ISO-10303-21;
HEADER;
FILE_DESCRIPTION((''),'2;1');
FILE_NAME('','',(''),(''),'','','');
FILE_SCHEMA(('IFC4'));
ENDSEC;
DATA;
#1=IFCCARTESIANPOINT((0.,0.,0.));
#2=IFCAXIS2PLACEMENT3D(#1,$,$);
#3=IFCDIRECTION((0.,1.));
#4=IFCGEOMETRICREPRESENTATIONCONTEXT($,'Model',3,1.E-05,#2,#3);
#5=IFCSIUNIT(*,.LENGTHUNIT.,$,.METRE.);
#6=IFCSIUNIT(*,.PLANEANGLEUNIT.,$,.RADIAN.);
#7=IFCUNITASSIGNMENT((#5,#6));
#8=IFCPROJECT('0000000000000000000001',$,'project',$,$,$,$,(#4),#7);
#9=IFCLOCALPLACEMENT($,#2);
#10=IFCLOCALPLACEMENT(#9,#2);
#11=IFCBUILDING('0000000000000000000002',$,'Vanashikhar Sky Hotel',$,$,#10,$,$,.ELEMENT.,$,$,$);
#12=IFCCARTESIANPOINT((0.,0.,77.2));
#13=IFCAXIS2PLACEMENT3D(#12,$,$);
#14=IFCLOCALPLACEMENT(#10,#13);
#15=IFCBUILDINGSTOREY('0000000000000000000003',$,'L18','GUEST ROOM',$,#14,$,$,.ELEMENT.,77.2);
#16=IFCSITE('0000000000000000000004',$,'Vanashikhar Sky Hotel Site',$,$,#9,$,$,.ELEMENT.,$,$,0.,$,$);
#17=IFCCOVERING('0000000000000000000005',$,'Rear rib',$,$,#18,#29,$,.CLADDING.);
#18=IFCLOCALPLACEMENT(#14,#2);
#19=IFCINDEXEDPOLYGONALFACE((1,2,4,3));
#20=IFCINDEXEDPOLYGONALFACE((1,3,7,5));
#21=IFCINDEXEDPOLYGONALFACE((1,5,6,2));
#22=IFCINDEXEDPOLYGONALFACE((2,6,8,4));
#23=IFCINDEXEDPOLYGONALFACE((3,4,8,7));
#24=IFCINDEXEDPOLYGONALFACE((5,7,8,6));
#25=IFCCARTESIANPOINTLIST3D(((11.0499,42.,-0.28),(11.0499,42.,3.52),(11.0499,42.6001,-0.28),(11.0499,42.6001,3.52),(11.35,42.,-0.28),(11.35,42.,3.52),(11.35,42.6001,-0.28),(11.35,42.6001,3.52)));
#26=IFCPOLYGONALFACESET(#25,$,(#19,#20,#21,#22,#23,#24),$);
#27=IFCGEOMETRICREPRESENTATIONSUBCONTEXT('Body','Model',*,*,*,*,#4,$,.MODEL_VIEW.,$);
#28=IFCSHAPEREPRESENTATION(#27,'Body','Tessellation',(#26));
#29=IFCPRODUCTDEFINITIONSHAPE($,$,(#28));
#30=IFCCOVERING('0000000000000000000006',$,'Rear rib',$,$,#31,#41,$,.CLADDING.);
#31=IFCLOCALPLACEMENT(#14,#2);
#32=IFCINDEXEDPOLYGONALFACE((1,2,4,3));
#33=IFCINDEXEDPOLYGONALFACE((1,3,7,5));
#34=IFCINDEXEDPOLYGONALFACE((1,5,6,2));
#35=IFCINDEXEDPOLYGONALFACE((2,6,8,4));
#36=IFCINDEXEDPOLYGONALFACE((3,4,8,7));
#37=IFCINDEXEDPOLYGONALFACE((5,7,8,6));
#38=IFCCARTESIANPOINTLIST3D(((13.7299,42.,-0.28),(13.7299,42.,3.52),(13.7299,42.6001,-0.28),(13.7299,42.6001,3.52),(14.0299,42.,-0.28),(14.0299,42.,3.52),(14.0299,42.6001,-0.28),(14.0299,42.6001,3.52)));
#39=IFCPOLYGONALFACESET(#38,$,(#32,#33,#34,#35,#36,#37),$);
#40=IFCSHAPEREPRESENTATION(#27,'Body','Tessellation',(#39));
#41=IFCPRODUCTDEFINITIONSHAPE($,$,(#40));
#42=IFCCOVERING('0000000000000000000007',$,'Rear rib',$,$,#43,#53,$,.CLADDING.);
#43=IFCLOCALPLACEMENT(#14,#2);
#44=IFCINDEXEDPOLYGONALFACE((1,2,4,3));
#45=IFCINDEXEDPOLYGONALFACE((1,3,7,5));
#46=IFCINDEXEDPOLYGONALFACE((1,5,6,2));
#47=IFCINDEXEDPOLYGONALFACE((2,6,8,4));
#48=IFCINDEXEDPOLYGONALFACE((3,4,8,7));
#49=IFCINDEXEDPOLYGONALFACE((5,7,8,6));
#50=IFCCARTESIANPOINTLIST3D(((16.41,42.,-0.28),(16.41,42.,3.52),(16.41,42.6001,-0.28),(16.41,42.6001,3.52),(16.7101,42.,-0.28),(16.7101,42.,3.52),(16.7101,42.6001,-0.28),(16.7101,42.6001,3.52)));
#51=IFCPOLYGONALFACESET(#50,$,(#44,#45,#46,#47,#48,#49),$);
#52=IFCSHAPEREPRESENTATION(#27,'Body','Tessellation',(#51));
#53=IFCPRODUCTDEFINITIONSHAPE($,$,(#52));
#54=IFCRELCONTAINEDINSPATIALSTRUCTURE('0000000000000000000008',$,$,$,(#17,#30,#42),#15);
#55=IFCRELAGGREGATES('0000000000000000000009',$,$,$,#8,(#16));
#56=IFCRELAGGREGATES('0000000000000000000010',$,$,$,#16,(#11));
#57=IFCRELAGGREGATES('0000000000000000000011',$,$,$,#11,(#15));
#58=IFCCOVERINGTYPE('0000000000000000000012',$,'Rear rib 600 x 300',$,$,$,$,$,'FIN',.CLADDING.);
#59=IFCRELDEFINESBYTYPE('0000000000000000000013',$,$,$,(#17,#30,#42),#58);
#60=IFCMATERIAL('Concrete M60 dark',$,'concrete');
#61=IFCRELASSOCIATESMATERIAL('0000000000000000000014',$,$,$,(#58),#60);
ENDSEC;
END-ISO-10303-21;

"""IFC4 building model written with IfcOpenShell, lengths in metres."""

from ifc_helpers import new_model, si_unit, direction, frame, origin, origin_2d, place, context, subcontext, project, spatial, rectangle, extrude, source, transform, mapped, material, material_profile, profile_set, type_object, element, save


model = new_model("IFC4")

# Units and contexts
model_context = context("Model", 3, precision=1e-05, world=origin(), true_north=direction((0.0, 1.0)))
body_context = subcontext(model_context, "Body", "Model", "MODEL_VIEW")
ifc_project = project(units=[si_unit("LENGTHUNIT", "METRE"), si_unit("PLANEANGLEUNIT", "RADIAN")], contexts=[model_context])

# Site, building, storey
site_placement = place(None, origin())
site = spatial("IfcSite", under=ifc_project, at=site_placement, Name="Vanashikhar Sky Hotel Site", CompositionType="ELEMENT", RefElevation=0.0)
building_placement = place(site_placement, origin())
building = spatial("IfcBuilding", under=site, at=building_placement, Name="Vanashikhar Sky Hotel", CompositionType="ELEMENT")
storey_placement = place(building_placement, frame((0.0, 0.0, 77.2)))
storey = spatial("IfcBuildingStorey", under=building, at=storey_placement, Name="L18", Description="GUEST ROOM", CompositionType="ELEMENT", Elevation=77.2)

# Coverings
ifc_material_1 = material(Name="Concrete M60 dark", Category="concrete")
ifc_material_profile_1 = material_profile(ifc_material_1, rectangle(XDim=0.6001, YDim=0.3, at=origin_2d()))
ifc_profile_set_1 = profile_set([ifc_material_profile_1], Name="Rear rib 600 x 300")
covering_type_1 = type_object("IfcCoveringType", Name="Rear rib 600 x 300", ElementType="FIN", PredefinedType="CLADDING", material=ifc_profile_set_1)
shared_shape_1 = source(origin(), body_context, "Body", "SweptSolid", [
    extrude(rectangle(XDim=0.6001, YDim=0.3, at=origin_2d()), origin(), (0.0, 0.0, 1.0), 3.8),
])
for number, where, z_axis, x_axis, name in (
    (1, (11.2, 42.3, -0.28), (0.0, 0.0, 1.0), (0.0, 1.0, 0.0), "Rear rib"),
    (2, (13.8799, 42.3, -0.28), (0.0, 0.0, 1.0), (0.0, 1.0, 0.0), "Rear rib"),
    (3, (16.5601, 42.3, -0.28), (0.0, 0.0, 1.0), (0.0, 1.0, 0.0), "Rear rib"),
):
    element("IfcCovering", number, at=place(storey_placement, frame(where, z_axis=z_axis, x_axis=x_axis)), inside=storey, type_object=covering_type_1, Name=name, PredefinedType="CLADDING", context=body_context, shape_type="MappedRepresentation", body=[
        mapped(shared_shape_1, transform((0.0, 0.0, 0.0), scale=1.0)),
    ])

save(model, "model.ifc")
